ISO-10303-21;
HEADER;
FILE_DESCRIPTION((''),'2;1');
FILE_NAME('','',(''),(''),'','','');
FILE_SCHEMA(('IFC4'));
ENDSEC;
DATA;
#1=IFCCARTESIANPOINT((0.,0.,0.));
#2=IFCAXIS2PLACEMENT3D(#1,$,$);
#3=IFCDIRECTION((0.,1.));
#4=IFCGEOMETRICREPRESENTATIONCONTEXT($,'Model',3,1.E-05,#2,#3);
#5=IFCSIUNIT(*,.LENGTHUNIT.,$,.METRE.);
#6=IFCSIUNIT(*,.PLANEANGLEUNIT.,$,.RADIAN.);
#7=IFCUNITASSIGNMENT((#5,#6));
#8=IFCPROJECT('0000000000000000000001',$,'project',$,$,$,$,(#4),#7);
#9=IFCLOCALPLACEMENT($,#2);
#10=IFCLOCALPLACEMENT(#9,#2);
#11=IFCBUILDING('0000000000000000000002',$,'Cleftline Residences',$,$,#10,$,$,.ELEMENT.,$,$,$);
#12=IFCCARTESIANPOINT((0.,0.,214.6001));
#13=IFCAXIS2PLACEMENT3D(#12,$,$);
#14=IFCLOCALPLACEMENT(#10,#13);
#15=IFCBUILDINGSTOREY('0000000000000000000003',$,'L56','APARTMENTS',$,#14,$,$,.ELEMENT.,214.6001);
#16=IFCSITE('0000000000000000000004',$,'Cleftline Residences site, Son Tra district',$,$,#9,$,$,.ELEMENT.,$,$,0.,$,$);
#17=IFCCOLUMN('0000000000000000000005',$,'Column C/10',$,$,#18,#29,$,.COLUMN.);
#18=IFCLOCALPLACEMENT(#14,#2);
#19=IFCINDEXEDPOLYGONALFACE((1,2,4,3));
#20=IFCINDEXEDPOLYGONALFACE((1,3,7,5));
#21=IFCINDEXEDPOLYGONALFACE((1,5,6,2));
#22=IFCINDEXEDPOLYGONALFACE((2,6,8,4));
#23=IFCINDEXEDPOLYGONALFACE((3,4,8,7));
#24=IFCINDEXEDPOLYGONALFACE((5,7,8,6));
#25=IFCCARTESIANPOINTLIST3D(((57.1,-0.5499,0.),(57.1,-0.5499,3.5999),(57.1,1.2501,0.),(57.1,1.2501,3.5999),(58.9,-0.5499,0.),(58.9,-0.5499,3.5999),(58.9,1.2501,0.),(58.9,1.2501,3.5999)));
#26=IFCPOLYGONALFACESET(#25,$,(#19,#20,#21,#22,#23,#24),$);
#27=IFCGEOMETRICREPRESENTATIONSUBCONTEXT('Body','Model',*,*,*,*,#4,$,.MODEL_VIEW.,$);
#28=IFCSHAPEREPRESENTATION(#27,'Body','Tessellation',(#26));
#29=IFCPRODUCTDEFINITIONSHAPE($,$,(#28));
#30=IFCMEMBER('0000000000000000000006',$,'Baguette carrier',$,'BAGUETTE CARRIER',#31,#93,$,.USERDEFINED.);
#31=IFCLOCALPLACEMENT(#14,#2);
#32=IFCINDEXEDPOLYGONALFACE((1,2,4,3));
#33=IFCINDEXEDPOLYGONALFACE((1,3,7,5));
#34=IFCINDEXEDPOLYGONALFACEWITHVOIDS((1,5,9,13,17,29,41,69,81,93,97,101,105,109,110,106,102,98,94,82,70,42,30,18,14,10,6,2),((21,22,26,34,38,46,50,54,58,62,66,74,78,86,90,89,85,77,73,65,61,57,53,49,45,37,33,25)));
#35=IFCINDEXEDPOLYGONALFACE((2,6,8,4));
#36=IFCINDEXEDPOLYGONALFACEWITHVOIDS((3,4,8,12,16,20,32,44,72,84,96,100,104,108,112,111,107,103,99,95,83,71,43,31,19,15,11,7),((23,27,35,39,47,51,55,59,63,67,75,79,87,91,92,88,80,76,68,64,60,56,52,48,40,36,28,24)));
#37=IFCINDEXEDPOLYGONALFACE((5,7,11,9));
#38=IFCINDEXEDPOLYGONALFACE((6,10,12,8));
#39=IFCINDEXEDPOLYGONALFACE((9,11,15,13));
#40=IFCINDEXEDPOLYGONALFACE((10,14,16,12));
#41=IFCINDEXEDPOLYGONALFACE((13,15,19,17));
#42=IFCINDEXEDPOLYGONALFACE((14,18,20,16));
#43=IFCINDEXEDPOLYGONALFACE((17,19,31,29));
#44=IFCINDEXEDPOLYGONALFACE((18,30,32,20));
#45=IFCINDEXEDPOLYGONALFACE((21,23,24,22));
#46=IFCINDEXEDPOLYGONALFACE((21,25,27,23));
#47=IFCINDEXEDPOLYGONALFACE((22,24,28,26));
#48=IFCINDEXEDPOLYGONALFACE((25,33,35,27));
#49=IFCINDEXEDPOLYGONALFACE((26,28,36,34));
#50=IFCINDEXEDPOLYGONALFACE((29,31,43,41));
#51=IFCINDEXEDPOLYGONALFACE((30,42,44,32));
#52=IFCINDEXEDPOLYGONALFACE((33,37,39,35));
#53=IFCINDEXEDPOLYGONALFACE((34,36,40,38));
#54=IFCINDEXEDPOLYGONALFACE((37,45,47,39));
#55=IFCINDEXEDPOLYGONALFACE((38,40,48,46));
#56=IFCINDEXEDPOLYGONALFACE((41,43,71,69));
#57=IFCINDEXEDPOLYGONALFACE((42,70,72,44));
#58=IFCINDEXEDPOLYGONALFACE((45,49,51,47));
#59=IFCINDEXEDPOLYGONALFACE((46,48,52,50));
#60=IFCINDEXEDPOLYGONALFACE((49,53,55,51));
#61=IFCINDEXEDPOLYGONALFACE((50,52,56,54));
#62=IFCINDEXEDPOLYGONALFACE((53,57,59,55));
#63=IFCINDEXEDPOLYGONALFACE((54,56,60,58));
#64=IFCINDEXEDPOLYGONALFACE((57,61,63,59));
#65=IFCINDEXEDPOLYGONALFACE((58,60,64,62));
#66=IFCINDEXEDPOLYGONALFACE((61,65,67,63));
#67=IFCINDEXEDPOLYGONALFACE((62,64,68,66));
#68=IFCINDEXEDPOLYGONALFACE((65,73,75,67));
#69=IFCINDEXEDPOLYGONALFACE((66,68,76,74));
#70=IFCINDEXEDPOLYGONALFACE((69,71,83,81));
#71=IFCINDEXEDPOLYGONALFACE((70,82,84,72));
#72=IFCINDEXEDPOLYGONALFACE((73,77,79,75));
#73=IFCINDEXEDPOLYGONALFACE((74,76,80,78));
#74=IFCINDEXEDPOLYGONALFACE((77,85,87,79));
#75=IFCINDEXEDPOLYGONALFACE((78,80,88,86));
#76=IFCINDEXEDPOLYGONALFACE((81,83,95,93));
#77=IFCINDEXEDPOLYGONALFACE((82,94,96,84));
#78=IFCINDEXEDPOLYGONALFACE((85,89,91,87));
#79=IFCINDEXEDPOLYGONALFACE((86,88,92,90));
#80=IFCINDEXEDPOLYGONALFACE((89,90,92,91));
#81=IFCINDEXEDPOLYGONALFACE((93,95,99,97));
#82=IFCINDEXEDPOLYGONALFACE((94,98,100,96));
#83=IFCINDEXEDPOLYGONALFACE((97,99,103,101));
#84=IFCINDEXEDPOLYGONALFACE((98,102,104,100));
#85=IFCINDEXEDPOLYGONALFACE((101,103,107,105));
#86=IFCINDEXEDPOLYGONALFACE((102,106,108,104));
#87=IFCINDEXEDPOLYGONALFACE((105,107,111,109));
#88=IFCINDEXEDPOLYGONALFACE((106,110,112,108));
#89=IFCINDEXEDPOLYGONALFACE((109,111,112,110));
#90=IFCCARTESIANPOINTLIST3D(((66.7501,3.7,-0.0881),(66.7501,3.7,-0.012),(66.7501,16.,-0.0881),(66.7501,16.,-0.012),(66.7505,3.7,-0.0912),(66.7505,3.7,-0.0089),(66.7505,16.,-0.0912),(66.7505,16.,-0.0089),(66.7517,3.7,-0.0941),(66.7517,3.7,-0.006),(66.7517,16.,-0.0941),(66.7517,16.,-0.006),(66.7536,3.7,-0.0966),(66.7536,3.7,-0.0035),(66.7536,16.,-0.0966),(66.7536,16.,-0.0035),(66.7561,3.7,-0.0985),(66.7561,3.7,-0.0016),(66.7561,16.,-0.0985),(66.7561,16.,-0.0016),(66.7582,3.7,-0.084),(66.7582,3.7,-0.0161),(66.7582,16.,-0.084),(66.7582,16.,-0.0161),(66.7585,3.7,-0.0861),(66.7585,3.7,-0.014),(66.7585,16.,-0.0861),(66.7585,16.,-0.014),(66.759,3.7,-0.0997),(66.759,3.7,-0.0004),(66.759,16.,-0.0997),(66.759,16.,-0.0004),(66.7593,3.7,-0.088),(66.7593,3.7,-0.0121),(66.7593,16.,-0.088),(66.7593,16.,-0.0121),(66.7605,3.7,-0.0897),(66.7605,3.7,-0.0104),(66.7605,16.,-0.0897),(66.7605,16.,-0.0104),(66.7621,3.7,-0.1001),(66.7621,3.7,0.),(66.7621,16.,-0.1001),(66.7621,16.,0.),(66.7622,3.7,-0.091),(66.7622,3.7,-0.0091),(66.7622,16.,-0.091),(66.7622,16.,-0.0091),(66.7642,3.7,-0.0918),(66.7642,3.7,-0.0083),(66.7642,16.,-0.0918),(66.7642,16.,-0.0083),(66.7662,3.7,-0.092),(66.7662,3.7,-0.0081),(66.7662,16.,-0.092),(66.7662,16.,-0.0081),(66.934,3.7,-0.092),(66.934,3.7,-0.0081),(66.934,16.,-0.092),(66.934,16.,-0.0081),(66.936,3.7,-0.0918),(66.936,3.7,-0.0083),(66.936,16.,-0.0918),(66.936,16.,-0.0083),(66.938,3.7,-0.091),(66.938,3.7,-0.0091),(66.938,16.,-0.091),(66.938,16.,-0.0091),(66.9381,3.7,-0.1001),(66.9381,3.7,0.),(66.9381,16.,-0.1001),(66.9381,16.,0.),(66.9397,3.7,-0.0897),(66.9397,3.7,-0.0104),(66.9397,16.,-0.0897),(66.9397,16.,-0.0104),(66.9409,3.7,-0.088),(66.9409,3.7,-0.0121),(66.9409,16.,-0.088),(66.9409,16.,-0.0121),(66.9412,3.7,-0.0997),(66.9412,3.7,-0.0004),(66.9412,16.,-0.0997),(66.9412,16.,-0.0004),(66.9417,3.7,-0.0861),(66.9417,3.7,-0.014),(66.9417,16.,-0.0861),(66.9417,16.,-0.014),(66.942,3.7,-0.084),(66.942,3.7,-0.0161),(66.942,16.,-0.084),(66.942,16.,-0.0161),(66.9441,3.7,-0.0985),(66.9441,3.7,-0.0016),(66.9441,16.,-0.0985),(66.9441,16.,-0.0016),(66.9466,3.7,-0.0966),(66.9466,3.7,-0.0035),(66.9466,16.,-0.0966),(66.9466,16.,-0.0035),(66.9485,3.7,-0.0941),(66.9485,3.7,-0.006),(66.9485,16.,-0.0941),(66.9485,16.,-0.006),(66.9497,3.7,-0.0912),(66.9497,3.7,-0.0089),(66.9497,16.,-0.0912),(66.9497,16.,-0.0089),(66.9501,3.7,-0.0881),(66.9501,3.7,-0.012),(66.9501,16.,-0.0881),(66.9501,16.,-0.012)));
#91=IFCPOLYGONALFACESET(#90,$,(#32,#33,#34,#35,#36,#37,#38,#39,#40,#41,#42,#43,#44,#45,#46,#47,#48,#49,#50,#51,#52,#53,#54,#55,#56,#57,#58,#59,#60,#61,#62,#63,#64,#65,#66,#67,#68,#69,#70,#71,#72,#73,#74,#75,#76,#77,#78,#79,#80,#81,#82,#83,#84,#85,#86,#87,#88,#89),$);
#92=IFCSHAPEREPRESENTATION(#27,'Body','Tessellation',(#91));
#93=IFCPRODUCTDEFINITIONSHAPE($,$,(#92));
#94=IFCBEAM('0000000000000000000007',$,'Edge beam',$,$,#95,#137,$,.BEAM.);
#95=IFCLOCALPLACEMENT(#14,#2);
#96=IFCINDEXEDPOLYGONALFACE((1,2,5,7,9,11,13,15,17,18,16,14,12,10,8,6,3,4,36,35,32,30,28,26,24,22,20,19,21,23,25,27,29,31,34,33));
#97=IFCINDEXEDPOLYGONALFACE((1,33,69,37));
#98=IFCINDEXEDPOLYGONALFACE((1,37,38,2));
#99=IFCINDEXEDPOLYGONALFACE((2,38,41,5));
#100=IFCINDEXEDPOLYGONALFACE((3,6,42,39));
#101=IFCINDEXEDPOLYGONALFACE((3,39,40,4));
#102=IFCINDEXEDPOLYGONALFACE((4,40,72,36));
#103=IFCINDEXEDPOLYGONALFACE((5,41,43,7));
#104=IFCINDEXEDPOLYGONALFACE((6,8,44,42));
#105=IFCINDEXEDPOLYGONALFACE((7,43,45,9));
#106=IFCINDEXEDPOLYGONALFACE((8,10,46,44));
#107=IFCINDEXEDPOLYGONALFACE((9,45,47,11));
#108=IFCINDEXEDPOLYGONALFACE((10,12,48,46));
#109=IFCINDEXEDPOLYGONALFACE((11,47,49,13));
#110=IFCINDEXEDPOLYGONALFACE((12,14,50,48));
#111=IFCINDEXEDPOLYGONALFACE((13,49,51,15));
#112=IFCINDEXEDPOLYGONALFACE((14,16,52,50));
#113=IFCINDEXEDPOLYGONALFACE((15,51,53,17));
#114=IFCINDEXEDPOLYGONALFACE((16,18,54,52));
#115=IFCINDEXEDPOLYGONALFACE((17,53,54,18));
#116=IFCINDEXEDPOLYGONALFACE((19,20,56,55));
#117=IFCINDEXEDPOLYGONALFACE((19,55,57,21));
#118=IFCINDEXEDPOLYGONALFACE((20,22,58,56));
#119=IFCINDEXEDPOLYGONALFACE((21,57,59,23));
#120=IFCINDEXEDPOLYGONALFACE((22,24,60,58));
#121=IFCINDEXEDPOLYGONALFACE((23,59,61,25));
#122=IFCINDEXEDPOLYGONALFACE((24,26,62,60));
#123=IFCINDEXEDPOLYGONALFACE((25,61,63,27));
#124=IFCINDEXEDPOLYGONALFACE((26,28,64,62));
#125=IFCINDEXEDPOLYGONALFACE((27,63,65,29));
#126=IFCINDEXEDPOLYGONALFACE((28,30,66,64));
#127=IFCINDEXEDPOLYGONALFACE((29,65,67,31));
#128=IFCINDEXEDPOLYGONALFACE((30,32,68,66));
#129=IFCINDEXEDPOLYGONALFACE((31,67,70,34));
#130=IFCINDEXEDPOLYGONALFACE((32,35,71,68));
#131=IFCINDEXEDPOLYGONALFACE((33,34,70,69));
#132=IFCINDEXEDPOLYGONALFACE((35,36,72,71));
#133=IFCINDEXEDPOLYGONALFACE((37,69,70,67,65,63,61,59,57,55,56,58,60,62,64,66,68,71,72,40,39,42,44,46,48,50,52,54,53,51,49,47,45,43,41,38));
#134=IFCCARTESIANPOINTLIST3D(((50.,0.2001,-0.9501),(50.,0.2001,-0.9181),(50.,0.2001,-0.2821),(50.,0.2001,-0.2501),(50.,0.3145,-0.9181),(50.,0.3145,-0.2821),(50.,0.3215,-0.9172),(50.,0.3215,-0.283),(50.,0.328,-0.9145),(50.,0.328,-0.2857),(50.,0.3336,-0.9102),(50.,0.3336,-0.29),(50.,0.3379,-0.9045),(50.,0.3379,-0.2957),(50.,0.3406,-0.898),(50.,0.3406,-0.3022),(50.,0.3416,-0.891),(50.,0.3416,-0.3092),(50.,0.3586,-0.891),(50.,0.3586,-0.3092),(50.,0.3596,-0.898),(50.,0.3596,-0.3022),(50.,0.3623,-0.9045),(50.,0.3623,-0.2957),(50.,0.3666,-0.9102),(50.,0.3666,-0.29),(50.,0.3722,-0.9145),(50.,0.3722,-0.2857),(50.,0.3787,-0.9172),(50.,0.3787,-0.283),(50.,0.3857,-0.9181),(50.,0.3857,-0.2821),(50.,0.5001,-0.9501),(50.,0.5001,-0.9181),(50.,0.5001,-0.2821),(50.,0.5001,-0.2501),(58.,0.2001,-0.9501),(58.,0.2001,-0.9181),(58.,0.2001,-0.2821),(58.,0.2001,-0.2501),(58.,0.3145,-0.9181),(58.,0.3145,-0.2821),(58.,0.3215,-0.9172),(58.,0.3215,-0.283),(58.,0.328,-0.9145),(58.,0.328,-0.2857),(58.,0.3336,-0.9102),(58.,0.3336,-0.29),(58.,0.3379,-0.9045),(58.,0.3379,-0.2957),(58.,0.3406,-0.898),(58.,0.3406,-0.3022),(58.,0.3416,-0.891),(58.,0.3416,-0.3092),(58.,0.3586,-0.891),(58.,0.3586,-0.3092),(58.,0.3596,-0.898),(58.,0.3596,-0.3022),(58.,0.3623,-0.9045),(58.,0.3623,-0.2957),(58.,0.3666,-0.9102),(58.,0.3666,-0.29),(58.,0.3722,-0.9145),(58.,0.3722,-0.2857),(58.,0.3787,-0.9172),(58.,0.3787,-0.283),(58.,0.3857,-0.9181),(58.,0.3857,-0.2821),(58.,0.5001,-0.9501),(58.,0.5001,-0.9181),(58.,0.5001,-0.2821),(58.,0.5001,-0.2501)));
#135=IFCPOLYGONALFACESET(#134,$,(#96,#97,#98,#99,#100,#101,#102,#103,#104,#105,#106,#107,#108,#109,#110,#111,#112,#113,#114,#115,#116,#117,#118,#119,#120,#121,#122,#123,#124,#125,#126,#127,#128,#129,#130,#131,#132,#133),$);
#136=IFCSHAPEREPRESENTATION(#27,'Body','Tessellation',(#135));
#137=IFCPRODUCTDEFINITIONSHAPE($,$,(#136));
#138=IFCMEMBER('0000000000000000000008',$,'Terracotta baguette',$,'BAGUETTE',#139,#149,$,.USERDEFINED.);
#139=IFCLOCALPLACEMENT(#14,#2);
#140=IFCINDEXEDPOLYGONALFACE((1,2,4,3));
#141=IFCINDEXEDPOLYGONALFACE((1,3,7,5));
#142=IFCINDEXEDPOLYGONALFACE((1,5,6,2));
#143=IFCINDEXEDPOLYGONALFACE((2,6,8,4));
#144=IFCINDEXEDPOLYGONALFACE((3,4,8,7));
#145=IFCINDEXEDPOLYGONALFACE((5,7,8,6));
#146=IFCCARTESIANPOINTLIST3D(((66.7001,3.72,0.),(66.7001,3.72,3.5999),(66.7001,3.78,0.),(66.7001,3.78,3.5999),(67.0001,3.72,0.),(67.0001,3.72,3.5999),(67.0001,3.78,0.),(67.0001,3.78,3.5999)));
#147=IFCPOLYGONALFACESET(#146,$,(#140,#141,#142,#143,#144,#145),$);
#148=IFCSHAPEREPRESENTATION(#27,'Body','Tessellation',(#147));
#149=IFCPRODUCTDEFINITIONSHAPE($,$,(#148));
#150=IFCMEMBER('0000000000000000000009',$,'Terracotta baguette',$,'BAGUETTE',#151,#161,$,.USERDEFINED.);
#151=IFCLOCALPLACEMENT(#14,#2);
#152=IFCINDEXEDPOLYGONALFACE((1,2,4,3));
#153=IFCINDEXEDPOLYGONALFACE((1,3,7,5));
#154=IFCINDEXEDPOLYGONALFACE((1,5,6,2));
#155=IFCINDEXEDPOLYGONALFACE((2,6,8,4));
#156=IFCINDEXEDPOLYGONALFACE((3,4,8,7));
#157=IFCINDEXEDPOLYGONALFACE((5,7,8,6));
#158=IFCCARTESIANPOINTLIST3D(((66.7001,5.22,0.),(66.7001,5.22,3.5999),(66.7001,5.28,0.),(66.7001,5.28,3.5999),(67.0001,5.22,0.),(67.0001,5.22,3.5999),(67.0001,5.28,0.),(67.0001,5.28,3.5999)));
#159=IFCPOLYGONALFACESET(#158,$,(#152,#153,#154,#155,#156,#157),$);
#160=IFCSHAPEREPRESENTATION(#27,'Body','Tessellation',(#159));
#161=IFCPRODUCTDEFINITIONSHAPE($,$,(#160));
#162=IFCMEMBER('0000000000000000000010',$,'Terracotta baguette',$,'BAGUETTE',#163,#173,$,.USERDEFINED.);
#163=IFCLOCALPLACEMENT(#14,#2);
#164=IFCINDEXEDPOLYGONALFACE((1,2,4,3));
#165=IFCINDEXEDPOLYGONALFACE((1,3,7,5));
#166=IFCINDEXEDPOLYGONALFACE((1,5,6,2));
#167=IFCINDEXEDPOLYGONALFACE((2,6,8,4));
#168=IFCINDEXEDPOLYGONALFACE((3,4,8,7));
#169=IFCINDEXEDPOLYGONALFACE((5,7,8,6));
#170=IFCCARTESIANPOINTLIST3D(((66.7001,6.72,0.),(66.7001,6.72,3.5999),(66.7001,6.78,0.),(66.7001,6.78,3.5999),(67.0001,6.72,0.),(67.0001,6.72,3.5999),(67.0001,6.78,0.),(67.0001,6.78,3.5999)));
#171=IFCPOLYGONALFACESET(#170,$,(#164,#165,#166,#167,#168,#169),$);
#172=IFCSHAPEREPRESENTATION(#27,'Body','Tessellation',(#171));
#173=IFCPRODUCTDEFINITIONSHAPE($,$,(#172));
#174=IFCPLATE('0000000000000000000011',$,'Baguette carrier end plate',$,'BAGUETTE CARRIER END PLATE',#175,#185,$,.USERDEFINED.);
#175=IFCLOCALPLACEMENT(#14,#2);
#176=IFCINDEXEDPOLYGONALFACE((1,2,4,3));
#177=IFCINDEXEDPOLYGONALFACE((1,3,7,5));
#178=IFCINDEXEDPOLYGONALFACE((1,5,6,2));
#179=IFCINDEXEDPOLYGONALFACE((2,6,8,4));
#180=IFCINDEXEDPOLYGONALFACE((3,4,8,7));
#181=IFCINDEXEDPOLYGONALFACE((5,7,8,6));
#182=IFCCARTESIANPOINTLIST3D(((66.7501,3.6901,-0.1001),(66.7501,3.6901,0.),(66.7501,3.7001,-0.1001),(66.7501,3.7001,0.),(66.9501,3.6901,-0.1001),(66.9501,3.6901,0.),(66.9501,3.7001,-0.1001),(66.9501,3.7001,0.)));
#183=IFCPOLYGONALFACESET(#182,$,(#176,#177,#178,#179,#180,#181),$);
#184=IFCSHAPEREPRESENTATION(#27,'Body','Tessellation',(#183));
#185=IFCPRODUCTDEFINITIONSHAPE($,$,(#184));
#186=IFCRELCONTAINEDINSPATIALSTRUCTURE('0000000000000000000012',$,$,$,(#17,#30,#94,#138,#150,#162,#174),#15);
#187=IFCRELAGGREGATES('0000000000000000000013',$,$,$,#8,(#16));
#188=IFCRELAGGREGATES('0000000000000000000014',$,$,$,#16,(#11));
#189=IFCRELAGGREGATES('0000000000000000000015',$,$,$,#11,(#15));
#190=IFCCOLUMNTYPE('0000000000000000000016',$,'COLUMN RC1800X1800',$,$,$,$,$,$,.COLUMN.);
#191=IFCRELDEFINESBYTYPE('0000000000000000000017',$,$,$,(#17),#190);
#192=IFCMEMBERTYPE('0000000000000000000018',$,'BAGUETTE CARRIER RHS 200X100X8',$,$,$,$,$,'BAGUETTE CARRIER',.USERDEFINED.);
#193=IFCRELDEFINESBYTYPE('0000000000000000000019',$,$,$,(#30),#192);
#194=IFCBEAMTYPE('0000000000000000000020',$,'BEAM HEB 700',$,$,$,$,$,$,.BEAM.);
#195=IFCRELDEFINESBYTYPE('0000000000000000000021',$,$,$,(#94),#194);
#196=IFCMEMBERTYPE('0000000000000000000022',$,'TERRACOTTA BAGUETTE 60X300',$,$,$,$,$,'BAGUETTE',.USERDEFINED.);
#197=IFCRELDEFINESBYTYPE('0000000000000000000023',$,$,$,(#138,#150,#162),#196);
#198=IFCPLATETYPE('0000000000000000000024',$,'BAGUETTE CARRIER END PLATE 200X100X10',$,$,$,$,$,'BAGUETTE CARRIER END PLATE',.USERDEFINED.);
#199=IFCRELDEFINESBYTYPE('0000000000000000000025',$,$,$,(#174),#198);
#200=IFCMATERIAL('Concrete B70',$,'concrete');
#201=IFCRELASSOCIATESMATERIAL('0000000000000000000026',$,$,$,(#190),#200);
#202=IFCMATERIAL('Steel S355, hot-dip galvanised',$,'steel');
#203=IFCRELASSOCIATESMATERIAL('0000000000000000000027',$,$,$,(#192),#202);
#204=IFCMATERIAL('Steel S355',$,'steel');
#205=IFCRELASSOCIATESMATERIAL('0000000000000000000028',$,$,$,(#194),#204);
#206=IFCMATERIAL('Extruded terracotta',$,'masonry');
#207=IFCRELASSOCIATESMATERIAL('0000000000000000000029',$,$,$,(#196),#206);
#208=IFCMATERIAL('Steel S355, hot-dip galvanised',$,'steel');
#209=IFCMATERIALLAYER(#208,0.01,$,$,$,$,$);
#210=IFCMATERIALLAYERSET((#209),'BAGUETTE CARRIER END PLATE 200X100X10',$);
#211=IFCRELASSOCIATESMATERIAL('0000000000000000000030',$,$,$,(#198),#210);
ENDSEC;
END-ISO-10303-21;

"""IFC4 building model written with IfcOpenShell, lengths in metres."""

from ifc_helpers import new_model, si_unit, direction, frame, origin, origin_2d, place, context, subcontext, project, spatial, rectangle, hollow_rectangle, i_section, extrude, material, layer, layer_set, material_profile, profile_set, type_object, element, save


model = new_model("IFC4")

# Units and contexts
model_context = context("Model", 3, precision=1e-05, world=origin(), true_north=direction((0.0, 1.0)))
body_context = subcontext(model_context, "Body", "Model", "MODEL_VIEW")
ifc_project = project(units=[si_unit("LENGTHUNIT", "METRE"), si_unit("PLANEANGLEUNIT", "RADIAN")], contexts=[model_context])

# Site, building, storey
site_placement = place(None, origin())
site = spatial("IfcSite", under=ifc_project, at=site_placement, Name="Cleftline Residences site, Son Tra district", CompositionType="ELEMENT", RefElevation=0.0)
building_placement = place(site_placement, origin())
building = spatial("IfcBuilding", under=site, at=building_placement, Name="Cleftline Residences", CompositionType="ELEMENT")
storey_placement = place(building_placement, frame((0.0, 0.0, 214.6001)))
storey = spatial("IfcBuildingStorey", under=building, at=storey_placement, Name="L56", Description="APARTMENTS", CompositionType="ELEMENT", Elevation=214.6001)

# Column
ifc_material_1 = material(Name="Concrete B70", Category="concrete")
ifc_material_profile_1 = material_profile(ifc_material_1, rectangle(XDim=1.8, YDim=1.8, at=origin_2d()))
ifc_profile_set_1 = profile_set([ifc_material_profile_1], Name="Concrete B70")
column_type = type_object("IfcColumnType", Name="COLUMN RC1800X1800", PredefinedType="COLUMN", material=ifc_profile_set_1)
column_placement = place(storey_placement, frame((58.0, 0.3501, 0.0), z_axis=(0.0, 0.0, 1.0), x_axis=(1.0, 0.0, 0.0)))
element("IfcColumn", 1, at=column_placement, inside=storey, type_object=column_type, Name="Column C/10", PredefinedType="COLUMN", context=body_context, shape_type="SweptSolid", body=[
    extrude(rectangle(XDim=1.8, YDim=1.8, at=origin_2d()), origin(), (0.0, 0.0, 1.0), 3.5999),
])

# Member
ifc_material_2 = material(Name="Steel S355, hot-dip galvanised", Category="steel")
ifc_material_profile_2 = material_profile(ifc_material_2, hollow_rectangle(XDim=0.1001, YDim=0.2, WallThickness=0.0081, InnerFilletRadius=0.0081, OuterFilletRadius=0.012, at=origin_2d()))
ifc_profile_set_2 = profile_set([ifc_material_profile_2], Name="Steel S355, hot-dip galvanised")
member_type_1 = type_object("IfcMemberType", Name="BAGUETTE CARRIER RHS 200X100X8", ElementType="BAGUETTE CARRIER", PredefinedType="USERDEFINED", material=ifc_profile_set_2)
member_placement = place(storey_placement, frame((66.8501, 3.7, -0.05), z_axis=(0.0, 1.0, 0.0), x_axis=(0.0, 0.0, 1.0)))
element("IfcMember", 2, at=member_placement, inside=storey, type_object=member_type_1, Name="Baguette carrier", ObjectType="BAGUETTE CARRIER", PredefinedType="USERDEFINED", context=body_context, shape_type="SweptSolid", body=[
    extrude(hollow_rectangle(XDim=0.1001, YDim=0.2, WallThickness=0.0081, InnerFilletRadius=0.0081, OuterFilletRadius=0.012, at=origin_2d()), origin(), (0.0, 0.0, 1.0), 12.3),
])

# Beam
ifc_material_3 = material(Name="Steel S355", Category="steel")
ifc_material_profile_3 = material_profile(ifc_material_3, i_section(OverallWidth=0.3, OverallDepth=0.7, WebThickness=0.0171, FlangeThickness=0.032, FilletRadius=0.0271, at=origin_2d()))
ifc_profile_set_3 = profile_set([ifc_material_profile_3], Name="Steel S355")
beam_type = type_object("IfcBeamType", Name="BEAM HEB 700", PredefinedType="BEAM", material=ifc_profile_set_3)
beam_placement = place(storey_placement, frame((58.0, 0.3501, -0.6001), z_axis=(-1.0, 0.0, 0.0), x_axis=(0.0, -1.0, 0.0)))
element("IfcBeam", 3, at=beam_placement, inside=storey, type_object=beam_type, Name="Edge beam", PredefinedType="BEAM", context=body_context, shape_type="SweptSolid", body=[
    extrude(i_section(OverallWidth=0.3, OverallDepth=0.7, WebThickness=0.0171, FlangeThickness=0.032, FilletRadius=0.0271, at=origin_2d()), origin(), (0.0, 0.0, 1.0), 8.0),
])

# Members
ifc_material_4 = material(Name="Extruded terracotta", Category="masonry")
ifc_material_profile_4 = material_profile(ifc_material_4, rectangle(XDim=0.0601, YDim=0.3, at=origin_2d()))
ifc_profile_set_4 = profile_set([ifc_material_profile_4], Name="Extruded terracotta")
member_type_2 = type_object("IfcMemberType", Name="TERRACOTTA BAGUETTE 60X300", ElementType="BAGUETTE", PredefinedType="USERDEFINED", material=ifc_profile_set_4)
for number, where, z_axis, x_axis, name in (
    (4, (66.8501, 3.75, 0.0), (0.0, 0.0, 1.0), (0.0, 1.0, 0.0), "Terracotta baguette"),
    (5, (66.8501, 5.25, 0.0), (0.0, 0.0, 1.0), (0.0, 1.0, 0.0), "Terracotta baguette"),
    (6, (66.8501, 6.75, 0.0), (0.0, 0.0, 1.0), (0.0, 1.0, 0.0), "Terracotta baguette"),
):
    element("IfcMember", number, at=place(storey_placement, frame(where, z_axis=z_axis, x_axis=x_axis)), inside=storey, type_object=member_type_2, Name=name, ObjectType="BAGUETTE", PredefinedType="USERDEFINED", context=body_context, shape_type="SweptSolid", body=[
        extrude(rectangle(XDim=0.0601, YDim=0.3, at=origin_2d()), origin(), (0.0, 0.0, 1.0), 3.5999),
    ])

# Plate
ifc_material_5 = material(Name="Steel S355, hot-dip galvanised", Category="steel")
ifc_layer_1 = layer(ifc_material_5, 0.01)
ifc_layer_set_1 = layer_set([ifc_layer_1], Name="BAGUETTE CARRIER END PLATE 200X100X10")
plate_type = type_object("IfcPlateType", Name="BAGUETTE CARRIER END PLATE 200X100X10", ElementType="BAGUETTE CARRIER END PLATE", PredefinedType="USERDEFINED", material=ifc_layer_set_1)
plate_placement = place(storey_placement, frame((66.8501, 3.6951, -0.1001), z_axis=(0.0, 0.0, 1.0), x_axis=(1.0, 0.0, 0.0)))
element("IfcPlate", 7, at=plate_placement, inside=storey, type_object=plate_type, Name="Baguette carrier end plate", ObjectType="BAGUETTE CARRIER END PLATE", PredefinedType="USERDEFINED", context=body_context, shape_type="SweptSolid", body=[
    extrude(rectangle(XDim=0.2, YDim=0.01, at=origin_2d()), origin(), (0.0, 0.0, 1.0), 0.1001),
])

save(model, "model.ifc")
